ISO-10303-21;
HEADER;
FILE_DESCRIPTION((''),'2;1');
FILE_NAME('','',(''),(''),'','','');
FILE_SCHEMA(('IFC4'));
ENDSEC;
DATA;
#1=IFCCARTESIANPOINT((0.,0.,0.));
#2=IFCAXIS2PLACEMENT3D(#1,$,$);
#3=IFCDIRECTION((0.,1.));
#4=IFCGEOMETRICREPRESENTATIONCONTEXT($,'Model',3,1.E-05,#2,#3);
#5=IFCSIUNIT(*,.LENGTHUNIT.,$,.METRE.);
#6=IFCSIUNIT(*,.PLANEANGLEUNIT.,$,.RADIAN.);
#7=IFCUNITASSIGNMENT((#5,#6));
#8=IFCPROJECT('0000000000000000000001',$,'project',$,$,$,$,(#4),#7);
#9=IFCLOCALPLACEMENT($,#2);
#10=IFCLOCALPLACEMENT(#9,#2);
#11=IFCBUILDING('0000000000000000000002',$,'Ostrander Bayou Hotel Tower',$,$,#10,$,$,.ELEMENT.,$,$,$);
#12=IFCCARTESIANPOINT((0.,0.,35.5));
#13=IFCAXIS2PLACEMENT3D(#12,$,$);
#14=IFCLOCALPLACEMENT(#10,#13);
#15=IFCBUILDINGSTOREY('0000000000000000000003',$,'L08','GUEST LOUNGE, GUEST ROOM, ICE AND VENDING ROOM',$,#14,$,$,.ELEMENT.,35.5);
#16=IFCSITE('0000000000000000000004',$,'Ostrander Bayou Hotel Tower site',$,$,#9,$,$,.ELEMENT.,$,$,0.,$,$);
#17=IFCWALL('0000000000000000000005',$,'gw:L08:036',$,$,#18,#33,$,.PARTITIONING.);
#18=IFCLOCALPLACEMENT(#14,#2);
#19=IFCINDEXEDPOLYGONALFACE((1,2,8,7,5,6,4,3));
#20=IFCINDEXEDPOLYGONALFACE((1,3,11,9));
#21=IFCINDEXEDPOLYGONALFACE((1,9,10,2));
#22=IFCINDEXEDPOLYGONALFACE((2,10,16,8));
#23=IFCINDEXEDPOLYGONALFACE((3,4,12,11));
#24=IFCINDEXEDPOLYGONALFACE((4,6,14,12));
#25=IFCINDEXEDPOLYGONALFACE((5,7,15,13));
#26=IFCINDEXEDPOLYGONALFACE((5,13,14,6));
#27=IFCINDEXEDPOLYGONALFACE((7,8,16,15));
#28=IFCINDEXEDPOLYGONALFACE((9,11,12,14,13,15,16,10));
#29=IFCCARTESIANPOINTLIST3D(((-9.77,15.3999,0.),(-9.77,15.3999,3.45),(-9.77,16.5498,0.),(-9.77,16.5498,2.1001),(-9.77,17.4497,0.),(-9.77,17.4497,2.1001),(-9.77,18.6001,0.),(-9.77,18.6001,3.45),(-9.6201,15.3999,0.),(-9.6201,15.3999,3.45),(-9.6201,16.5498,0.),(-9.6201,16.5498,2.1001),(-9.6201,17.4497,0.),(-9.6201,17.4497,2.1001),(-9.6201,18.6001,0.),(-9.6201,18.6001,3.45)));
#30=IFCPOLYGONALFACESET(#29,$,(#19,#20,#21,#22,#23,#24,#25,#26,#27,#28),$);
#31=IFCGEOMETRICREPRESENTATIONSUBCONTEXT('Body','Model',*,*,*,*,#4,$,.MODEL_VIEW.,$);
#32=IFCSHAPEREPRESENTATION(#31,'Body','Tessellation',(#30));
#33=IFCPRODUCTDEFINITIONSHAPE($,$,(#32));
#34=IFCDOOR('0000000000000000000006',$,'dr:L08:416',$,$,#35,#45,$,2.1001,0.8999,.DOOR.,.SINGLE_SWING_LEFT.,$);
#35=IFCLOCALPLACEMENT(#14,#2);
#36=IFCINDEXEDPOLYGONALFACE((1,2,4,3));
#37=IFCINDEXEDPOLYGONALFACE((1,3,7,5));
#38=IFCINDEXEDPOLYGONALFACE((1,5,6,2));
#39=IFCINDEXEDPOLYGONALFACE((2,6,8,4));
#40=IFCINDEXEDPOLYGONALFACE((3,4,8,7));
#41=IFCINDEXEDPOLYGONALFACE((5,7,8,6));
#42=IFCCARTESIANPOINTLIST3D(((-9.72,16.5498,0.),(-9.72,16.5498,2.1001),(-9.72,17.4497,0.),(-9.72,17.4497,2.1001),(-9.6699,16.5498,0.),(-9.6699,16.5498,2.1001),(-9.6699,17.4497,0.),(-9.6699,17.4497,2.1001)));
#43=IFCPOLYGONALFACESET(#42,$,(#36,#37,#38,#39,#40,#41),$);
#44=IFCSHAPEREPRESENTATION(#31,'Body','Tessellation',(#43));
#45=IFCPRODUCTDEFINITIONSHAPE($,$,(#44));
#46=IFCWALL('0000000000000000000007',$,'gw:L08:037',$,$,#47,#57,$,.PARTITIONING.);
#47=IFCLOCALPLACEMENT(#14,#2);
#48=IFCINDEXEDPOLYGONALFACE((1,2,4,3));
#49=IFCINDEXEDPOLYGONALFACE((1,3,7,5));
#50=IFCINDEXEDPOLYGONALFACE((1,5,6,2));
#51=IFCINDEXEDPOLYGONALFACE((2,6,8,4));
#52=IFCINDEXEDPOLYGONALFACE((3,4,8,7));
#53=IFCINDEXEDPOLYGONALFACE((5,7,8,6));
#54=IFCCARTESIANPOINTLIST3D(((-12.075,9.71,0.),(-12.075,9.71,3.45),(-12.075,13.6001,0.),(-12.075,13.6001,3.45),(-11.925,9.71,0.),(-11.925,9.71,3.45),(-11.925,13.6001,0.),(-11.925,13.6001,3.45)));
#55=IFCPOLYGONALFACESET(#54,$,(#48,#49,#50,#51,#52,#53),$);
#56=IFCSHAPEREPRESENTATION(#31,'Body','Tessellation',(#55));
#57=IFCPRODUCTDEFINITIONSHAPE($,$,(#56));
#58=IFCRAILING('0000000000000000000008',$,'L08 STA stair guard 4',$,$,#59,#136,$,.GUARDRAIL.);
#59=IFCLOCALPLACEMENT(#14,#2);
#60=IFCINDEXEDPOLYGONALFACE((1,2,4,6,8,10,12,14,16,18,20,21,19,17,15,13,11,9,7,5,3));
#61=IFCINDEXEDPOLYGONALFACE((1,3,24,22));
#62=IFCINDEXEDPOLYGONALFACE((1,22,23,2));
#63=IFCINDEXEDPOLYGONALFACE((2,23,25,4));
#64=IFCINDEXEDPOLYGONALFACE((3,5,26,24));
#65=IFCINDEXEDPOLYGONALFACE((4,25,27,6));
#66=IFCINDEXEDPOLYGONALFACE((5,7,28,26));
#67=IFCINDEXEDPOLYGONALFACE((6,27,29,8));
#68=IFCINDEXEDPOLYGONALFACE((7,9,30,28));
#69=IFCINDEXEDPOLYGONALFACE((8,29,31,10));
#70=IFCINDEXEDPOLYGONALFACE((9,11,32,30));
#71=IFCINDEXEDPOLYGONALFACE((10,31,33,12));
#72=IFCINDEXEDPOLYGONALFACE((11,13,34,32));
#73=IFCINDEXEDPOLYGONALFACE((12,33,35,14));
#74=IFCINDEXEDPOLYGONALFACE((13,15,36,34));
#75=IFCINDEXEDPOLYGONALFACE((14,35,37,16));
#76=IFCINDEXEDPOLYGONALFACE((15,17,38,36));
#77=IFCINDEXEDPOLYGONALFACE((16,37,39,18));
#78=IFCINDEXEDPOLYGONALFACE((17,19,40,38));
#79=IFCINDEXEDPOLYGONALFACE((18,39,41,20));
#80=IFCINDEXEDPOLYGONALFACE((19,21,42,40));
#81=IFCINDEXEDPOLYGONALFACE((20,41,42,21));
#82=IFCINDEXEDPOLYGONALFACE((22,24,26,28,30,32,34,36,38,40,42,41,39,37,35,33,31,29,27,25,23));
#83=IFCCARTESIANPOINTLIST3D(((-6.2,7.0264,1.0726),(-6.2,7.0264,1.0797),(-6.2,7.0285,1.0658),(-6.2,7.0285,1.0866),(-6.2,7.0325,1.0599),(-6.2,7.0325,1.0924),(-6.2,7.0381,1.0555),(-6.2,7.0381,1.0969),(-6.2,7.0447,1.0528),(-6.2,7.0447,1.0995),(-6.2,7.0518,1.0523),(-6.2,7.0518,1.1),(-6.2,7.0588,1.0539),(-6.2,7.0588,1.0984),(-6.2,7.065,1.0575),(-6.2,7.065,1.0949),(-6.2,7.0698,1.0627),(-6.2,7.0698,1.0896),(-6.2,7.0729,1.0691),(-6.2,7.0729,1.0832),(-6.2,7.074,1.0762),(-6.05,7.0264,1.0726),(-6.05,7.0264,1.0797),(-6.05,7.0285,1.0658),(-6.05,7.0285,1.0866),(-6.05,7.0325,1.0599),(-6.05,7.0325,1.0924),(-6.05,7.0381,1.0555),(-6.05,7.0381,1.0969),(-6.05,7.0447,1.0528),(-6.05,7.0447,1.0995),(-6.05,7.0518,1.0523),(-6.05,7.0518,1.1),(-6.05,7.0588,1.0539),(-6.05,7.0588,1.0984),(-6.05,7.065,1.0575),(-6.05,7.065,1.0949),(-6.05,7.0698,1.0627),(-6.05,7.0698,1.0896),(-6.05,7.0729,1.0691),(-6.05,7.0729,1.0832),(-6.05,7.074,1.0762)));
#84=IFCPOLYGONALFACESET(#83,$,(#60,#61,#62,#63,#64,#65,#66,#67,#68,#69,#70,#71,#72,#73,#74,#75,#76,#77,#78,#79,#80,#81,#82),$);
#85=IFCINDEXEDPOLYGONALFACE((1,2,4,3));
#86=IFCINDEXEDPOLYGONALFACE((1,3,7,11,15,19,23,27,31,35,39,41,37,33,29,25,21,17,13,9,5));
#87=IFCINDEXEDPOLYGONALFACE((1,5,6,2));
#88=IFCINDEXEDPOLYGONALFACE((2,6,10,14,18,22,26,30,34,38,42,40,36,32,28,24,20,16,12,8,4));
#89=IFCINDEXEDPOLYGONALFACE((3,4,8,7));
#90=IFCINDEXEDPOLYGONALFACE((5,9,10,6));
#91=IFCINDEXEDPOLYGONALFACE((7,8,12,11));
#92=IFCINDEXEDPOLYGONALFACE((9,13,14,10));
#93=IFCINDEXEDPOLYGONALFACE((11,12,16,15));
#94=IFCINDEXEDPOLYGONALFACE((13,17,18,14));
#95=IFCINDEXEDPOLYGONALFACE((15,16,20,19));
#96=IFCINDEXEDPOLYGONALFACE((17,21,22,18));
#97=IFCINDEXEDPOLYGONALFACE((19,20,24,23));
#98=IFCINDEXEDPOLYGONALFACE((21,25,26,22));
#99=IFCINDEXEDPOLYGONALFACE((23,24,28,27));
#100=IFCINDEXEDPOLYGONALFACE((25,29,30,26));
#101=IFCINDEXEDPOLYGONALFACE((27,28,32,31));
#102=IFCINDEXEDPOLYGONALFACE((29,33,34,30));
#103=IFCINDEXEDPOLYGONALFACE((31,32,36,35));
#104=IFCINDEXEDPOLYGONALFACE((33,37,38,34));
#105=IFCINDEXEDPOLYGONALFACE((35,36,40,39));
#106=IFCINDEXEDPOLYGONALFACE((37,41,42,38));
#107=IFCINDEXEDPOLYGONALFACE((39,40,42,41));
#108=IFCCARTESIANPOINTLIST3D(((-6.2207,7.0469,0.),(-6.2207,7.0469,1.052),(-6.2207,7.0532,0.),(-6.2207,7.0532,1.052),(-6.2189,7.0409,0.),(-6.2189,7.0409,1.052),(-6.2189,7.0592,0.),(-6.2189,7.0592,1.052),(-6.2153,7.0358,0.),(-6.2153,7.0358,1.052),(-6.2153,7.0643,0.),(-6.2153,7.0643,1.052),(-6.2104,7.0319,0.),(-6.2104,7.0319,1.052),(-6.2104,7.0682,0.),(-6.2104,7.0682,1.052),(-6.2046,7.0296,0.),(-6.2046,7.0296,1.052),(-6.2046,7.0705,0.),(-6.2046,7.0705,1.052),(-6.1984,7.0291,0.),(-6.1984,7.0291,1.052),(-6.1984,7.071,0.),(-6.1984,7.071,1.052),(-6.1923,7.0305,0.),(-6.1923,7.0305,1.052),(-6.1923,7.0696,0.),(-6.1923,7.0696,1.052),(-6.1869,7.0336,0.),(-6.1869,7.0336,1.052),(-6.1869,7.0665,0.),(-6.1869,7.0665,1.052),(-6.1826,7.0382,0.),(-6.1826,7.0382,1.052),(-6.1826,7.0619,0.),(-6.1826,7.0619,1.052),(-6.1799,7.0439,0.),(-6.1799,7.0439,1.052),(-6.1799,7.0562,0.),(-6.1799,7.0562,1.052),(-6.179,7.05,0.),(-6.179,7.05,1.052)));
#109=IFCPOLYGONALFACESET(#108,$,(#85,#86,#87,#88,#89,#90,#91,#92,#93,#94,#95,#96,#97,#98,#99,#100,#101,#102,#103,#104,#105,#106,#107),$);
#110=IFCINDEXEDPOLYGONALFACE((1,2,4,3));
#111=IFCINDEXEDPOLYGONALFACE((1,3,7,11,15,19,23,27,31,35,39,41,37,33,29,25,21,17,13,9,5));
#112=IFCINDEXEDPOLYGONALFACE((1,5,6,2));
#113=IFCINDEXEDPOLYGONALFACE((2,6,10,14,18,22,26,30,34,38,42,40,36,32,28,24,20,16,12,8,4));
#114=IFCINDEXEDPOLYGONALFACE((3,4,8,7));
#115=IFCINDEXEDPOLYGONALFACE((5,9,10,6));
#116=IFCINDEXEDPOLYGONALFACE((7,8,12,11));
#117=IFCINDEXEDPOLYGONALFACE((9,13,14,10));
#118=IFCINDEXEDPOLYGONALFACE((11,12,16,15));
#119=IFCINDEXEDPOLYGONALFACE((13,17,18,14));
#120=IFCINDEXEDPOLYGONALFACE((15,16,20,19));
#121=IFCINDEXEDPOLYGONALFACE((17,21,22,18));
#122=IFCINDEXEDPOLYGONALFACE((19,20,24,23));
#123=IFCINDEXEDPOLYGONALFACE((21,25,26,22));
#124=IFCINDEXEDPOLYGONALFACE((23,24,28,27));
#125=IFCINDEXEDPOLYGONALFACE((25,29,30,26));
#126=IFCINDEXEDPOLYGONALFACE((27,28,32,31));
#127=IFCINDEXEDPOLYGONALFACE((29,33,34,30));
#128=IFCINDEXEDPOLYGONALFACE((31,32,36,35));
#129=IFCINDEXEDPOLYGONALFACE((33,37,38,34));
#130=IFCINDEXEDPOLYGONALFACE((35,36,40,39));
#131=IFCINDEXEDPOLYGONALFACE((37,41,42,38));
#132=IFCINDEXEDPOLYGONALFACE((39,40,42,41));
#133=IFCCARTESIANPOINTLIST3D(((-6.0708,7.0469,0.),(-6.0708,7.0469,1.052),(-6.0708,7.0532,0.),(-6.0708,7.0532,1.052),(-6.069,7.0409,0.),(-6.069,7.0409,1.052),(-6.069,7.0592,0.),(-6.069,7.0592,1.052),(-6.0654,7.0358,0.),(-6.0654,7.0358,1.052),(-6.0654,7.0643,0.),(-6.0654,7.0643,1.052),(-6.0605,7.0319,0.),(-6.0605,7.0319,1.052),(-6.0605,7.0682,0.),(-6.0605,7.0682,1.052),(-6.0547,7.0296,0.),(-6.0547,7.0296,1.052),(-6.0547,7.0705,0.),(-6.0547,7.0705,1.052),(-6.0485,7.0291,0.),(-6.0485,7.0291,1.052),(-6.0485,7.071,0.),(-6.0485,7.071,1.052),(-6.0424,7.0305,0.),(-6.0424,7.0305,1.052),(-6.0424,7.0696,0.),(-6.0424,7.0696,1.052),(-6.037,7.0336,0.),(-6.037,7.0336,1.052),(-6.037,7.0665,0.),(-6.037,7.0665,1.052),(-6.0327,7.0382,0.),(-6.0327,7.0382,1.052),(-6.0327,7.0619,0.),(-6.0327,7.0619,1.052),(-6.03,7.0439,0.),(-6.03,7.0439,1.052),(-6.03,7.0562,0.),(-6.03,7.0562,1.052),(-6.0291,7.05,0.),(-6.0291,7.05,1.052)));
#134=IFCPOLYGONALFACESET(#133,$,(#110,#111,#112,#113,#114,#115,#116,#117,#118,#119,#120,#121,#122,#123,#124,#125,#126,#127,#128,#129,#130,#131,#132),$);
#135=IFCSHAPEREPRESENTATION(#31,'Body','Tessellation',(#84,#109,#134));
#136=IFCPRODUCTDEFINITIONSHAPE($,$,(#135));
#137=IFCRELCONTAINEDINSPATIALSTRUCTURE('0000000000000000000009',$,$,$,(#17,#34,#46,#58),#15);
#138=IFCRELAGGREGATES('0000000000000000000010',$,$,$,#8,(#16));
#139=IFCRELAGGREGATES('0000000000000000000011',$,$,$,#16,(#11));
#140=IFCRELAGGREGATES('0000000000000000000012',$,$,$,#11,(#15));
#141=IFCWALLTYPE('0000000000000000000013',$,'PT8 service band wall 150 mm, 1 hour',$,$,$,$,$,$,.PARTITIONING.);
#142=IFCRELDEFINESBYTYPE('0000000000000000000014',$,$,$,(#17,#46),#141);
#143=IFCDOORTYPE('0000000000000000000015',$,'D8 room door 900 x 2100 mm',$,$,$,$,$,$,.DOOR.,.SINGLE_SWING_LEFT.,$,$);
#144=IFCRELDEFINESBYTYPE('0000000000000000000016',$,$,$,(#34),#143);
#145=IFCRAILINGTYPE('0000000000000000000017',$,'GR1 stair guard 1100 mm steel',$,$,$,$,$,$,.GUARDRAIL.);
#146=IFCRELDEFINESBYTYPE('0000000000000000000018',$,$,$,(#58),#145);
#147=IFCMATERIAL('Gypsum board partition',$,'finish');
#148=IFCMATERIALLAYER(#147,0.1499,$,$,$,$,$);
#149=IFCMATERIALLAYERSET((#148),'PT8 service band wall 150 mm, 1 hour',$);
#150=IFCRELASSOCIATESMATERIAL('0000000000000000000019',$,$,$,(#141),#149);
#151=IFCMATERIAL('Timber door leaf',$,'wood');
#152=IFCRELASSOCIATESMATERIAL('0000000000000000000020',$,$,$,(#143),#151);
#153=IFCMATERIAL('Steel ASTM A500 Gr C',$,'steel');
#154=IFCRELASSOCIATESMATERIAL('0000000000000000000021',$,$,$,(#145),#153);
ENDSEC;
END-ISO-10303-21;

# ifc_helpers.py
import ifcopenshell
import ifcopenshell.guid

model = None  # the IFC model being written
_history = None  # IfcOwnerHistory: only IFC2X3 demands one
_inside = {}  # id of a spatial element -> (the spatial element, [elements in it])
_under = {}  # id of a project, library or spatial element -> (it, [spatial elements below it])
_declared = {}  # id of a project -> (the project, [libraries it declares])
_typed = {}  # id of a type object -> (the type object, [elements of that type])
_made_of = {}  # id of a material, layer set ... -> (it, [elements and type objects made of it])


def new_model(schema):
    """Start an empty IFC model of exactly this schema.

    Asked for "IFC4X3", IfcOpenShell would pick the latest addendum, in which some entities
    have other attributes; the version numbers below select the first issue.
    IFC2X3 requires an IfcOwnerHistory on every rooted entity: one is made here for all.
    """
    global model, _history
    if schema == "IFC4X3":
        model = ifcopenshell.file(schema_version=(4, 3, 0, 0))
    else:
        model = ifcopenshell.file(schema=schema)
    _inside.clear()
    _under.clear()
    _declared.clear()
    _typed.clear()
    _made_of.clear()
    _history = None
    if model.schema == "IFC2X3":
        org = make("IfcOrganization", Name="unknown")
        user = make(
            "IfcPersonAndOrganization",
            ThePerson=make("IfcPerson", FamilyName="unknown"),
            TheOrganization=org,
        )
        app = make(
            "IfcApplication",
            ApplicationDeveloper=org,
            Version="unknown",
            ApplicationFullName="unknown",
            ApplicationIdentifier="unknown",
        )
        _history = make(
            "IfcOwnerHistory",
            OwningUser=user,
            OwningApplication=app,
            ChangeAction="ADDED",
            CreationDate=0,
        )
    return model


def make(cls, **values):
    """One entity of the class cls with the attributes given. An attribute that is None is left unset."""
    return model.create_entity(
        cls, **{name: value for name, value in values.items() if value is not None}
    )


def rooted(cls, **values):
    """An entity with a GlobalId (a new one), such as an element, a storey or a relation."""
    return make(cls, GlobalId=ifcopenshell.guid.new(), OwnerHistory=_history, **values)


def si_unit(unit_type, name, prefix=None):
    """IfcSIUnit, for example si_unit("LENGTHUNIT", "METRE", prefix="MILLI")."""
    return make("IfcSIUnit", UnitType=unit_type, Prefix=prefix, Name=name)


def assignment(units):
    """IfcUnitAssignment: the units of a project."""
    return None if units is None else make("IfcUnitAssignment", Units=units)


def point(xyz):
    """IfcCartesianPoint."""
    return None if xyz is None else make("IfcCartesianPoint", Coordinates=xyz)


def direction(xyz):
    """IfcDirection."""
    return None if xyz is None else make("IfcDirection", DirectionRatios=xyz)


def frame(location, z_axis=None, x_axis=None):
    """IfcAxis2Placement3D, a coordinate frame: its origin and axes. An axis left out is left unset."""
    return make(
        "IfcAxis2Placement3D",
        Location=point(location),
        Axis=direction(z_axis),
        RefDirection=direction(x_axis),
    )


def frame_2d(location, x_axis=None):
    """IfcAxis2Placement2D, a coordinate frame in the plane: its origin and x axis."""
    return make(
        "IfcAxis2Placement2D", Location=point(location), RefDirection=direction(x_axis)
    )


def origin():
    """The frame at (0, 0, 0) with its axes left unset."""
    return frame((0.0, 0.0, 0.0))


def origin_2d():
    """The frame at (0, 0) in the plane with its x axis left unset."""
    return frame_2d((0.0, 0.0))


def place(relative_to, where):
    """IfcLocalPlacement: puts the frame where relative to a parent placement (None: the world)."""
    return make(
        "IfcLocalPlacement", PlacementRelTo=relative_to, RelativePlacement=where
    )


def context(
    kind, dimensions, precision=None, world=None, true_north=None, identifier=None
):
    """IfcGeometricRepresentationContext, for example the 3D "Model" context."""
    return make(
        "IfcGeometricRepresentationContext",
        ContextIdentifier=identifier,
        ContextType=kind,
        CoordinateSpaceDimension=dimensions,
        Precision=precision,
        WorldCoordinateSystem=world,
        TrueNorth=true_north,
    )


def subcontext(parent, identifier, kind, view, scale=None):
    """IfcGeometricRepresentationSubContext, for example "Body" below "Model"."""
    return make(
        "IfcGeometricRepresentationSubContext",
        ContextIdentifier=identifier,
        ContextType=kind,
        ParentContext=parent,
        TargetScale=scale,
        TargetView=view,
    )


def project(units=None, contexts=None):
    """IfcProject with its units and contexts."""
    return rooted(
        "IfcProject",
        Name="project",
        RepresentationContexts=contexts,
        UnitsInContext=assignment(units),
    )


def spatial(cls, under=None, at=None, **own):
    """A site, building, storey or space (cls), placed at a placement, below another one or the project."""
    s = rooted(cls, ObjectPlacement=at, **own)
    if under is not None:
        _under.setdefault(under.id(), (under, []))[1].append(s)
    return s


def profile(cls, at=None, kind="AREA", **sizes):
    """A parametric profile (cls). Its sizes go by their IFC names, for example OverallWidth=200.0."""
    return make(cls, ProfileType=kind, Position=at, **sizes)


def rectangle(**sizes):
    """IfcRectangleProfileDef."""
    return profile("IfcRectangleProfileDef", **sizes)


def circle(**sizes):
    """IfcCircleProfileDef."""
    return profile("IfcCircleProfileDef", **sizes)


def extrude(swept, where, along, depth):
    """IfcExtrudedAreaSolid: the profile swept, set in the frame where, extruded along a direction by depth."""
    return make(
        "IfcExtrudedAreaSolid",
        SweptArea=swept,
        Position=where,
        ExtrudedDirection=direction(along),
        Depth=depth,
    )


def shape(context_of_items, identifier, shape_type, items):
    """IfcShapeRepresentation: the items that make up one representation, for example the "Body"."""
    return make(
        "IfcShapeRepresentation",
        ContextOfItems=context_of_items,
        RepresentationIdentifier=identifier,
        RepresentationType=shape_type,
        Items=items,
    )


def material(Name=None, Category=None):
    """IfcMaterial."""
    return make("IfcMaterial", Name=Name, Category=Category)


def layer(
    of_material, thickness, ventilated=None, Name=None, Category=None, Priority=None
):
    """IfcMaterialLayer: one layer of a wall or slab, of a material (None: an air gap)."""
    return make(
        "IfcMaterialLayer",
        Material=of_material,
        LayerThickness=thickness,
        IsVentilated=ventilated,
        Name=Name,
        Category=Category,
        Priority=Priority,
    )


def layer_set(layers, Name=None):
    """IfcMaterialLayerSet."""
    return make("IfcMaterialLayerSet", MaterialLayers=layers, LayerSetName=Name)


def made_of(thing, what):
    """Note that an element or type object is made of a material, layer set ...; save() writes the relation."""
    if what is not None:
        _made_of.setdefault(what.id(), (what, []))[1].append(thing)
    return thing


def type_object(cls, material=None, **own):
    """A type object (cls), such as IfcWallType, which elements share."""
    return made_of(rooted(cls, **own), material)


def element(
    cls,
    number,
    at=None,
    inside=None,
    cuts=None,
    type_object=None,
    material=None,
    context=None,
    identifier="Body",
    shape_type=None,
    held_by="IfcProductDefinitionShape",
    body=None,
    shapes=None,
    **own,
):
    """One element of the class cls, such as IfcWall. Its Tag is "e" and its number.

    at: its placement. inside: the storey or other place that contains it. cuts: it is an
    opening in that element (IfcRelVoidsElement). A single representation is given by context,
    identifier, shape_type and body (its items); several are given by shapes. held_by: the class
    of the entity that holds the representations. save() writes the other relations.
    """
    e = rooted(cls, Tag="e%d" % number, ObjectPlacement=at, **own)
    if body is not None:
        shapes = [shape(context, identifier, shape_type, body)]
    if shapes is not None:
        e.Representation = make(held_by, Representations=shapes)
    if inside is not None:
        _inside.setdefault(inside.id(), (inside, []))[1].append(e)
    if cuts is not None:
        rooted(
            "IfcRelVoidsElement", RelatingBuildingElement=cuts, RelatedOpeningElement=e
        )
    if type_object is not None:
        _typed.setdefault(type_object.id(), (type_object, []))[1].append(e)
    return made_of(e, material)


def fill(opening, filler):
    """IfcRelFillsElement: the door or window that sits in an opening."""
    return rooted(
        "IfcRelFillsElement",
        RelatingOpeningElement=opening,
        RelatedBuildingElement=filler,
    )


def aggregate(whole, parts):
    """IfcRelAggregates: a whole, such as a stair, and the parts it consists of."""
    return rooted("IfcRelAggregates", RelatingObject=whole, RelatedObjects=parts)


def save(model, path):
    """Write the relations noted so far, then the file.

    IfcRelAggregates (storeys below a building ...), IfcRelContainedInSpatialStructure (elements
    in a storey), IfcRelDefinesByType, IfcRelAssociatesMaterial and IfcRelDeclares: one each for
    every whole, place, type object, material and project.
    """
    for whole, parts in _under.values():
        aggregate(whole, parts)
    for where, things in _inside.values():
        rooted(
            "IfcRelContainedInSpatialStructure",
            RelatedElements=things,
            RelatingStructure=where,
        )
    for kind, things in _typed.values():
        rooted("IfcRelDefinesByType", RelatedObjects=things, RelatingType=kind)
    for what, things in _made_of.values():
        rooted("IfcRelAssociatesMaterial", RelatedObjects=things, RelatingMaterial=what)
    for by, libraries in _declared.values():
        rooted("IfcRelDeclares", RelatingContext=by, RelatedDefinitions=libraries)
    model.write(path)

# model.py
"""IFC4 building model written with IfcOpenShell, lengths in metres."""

from ifc_helpers import new_model, si_unit, direction, frame, frame_2d, origin, origin_2d, place, context, subcontext, project, spatial, rectangle, circle, extrude, material, layer, layer_set, type_object, element, fill, save


model = new_model("IFC4")

# Units and contexts
model_context = context("Model", 3, precision=1e-05, world=origin(), true_north=direction((0.0, 1.0)))
body_context = subcontext(model_context, "Body", "Model", "MODEL_VIEW")
ifc_project = project(units=[si_unit("LENGTHUNIT", "METRE"), si_unit("PLANEANGLEUNIT", "RADIAN")], contexts=[model_context])

# Site, building, storey
site_placement = place(None, origin())
site = spatial("IfcSite", under=ifc_project, at=site_placement, Name="Ostrander Bayou Hotel Tower site", CompositionType="ELEMENT", RefElevation=0.0)
building_placement = place(site_placement, origin())
building = spatial("IfcBuilding", under=site, at=building_placement, Name="Ostrander Bayou Hotel Tower", CompositionType="ELEMENT")
storey_placement = place(building_placement, frame((0.0, 0.0, 35.5)))
storey = spatial("IfcBuildingStorey", under=building, at=storey_placement, Name="L08", Description="GUEST LOUNGE, GUEST ROOM, ICE AND VENDING ROOM", CompositionType="ELEMENT", Elevation=35.5)

# Shared definitions
ifc_material_1 = material(Name="Gypsum board partition", Category="finish")
ifc_layer_1 = layer(ifc_material_1, 0.1499)
ifc_layer_set_1 = layer_set([ifc_layer_1], Name="PT8 service band wall 150 mm, 1 hour")
wall_type_1 = type_object("IfcWallType", Name="PT8 service band wall 150 mm, 1 hour", PredefinedType="PARTITIONING", material=ifc_layer_set_1)

# Wall, opening, door
wall_1_placement = place(storey_placement, frame((-9.6951, 15.3999, 0.0), z_axis=(0.0, 0.0, 1.0), x_axis=(0.0, 1.0, 0.0)))
wall_1 = element("IfcWall", 1, at=wall_1_placement, inside=storey, type_object=wall_type_1, Name="gw:L08:036", PredefinedType="PARTITIONING", context=body_context, shape_type="SweptSolid", body=[
    extrude(rectangle(XDim=3.2002, YDim=0.1499, at=frame_2d((1.6001, 0.0))), origin(), (0.0, 0.0, 1.0), 3.45),
])
opening_1_placement = place(wall_1_placement, frame((1.1499, 0.0, 0.0)))
opening_1 = element("IfcOpeningElement", 2, at=opening_1_placement, cuts=wall_1, PredefinedType="OPENING", context=body_context, shape_type="SweptSolid", body=[
    extrude(rectangle(XDim=0.8999, YDim=2.1001, at=frame_2d((0.45, 1.05))), frame((0.0, 0.075, 0.0), z_axis=(0.0, -1.0, 0.0), x_axis=(1.0, 0.0, 0.0)), (0.0, 0.0, 1.0), 0.1499),
])
ifc_material_2 = material(Name="Timber door leaf", Category="wood")
door_type_1 = type_object("IfcDoorType", Name="D8 room door 900 x 2100 mm", OperationType="SINGLE_SWING_LEFT", PredefinedType="DOOR", material=ifc_material_2)
door_1_placement = place(opening_1_placement, origin())
door_1 = element("IfcDoor", 3, at=door_1_placement, inside=storey, type_object=door_type_1, Name="dr:L08:416", OperationType="SINGLE_SWING_LEFT", OverallHeight=2.1001, OverallWidth=0.8999, PredefinedType="DOOR", context=body_context, shape_type="SweptSolid", body=[
    extrude(rectangle(XDim=0.8999, YDim=2.1001, at=frame_2d((0.45, 1.05))), frame((0.0, 0.0249, 0.0), z_axis=(0.0, -1.0, 0.0), x_axis=(1.0, 0.0, 0.0)), (0.0, 0.0, 1.0), 0.05),
])
fill(opening_1, door_1)

# Wall
wall_2_placement = place(storey_placement, frame((-12.0, 9.71, 0.0), z_axis=(0.0, 0.0, 1.0), x_axis=(0.0, 1.0, 0.0)))
element("IfcWall", 4, at=wall_2_placement, inside=storey, type_object=wall_type_1, Name="gw:L08:037", PredefinedType="PARTITIONING", context=body_context, shape_type="SweptSolid", body=[
    extrude(rectangle(XDim=3.8901, YDim=0.1499, at=frame_2d((1.9451, 0.0))), origin(), (0.0, 0.0, 1.0), 3.45),
])

# Railing
ifc_material_3 = material(Name="Steel ASTM A500 Gr C", Category="steel")
railing_type = type_object("IfcRailingType", Name="GR1 stair guard 1100 mm steel", PredefinedType="GUARDRAIL", material=ifc_material_3)
railing_placement = place(storey_placement, frame((-6.2, 7.05, 0.0)))
element("IfcRailing", 5, at=railing_placement, inside=storey, type_object=railing_type, Name="L08 STA stair guard 4", PredefinedType="GUARDRAIL", context=body_context, shape_type="SweptSolid", body=[
    extrude(circle(Radius=0.0239, at=origin_2d()), frame((0.0, 0.0, 1.0762), z_axis=(1.0, 0.0, 0.0), x_axis=(0.0, 1.0, 0.0)), (0.0, 0.0, 1.0), 0.1499),
    extrude(circle(Radius=0.021, at=origin_2d()), origin(), (0.0, 0.0, 1.0), 1.052),
    extrude(circle(Radius=0.021, at=origin_2d()), frame((0.1499, 0.0, 0.0)), (0.0, 0.0, 1.0), 1.052),
])

save(model, "model.ifc")
